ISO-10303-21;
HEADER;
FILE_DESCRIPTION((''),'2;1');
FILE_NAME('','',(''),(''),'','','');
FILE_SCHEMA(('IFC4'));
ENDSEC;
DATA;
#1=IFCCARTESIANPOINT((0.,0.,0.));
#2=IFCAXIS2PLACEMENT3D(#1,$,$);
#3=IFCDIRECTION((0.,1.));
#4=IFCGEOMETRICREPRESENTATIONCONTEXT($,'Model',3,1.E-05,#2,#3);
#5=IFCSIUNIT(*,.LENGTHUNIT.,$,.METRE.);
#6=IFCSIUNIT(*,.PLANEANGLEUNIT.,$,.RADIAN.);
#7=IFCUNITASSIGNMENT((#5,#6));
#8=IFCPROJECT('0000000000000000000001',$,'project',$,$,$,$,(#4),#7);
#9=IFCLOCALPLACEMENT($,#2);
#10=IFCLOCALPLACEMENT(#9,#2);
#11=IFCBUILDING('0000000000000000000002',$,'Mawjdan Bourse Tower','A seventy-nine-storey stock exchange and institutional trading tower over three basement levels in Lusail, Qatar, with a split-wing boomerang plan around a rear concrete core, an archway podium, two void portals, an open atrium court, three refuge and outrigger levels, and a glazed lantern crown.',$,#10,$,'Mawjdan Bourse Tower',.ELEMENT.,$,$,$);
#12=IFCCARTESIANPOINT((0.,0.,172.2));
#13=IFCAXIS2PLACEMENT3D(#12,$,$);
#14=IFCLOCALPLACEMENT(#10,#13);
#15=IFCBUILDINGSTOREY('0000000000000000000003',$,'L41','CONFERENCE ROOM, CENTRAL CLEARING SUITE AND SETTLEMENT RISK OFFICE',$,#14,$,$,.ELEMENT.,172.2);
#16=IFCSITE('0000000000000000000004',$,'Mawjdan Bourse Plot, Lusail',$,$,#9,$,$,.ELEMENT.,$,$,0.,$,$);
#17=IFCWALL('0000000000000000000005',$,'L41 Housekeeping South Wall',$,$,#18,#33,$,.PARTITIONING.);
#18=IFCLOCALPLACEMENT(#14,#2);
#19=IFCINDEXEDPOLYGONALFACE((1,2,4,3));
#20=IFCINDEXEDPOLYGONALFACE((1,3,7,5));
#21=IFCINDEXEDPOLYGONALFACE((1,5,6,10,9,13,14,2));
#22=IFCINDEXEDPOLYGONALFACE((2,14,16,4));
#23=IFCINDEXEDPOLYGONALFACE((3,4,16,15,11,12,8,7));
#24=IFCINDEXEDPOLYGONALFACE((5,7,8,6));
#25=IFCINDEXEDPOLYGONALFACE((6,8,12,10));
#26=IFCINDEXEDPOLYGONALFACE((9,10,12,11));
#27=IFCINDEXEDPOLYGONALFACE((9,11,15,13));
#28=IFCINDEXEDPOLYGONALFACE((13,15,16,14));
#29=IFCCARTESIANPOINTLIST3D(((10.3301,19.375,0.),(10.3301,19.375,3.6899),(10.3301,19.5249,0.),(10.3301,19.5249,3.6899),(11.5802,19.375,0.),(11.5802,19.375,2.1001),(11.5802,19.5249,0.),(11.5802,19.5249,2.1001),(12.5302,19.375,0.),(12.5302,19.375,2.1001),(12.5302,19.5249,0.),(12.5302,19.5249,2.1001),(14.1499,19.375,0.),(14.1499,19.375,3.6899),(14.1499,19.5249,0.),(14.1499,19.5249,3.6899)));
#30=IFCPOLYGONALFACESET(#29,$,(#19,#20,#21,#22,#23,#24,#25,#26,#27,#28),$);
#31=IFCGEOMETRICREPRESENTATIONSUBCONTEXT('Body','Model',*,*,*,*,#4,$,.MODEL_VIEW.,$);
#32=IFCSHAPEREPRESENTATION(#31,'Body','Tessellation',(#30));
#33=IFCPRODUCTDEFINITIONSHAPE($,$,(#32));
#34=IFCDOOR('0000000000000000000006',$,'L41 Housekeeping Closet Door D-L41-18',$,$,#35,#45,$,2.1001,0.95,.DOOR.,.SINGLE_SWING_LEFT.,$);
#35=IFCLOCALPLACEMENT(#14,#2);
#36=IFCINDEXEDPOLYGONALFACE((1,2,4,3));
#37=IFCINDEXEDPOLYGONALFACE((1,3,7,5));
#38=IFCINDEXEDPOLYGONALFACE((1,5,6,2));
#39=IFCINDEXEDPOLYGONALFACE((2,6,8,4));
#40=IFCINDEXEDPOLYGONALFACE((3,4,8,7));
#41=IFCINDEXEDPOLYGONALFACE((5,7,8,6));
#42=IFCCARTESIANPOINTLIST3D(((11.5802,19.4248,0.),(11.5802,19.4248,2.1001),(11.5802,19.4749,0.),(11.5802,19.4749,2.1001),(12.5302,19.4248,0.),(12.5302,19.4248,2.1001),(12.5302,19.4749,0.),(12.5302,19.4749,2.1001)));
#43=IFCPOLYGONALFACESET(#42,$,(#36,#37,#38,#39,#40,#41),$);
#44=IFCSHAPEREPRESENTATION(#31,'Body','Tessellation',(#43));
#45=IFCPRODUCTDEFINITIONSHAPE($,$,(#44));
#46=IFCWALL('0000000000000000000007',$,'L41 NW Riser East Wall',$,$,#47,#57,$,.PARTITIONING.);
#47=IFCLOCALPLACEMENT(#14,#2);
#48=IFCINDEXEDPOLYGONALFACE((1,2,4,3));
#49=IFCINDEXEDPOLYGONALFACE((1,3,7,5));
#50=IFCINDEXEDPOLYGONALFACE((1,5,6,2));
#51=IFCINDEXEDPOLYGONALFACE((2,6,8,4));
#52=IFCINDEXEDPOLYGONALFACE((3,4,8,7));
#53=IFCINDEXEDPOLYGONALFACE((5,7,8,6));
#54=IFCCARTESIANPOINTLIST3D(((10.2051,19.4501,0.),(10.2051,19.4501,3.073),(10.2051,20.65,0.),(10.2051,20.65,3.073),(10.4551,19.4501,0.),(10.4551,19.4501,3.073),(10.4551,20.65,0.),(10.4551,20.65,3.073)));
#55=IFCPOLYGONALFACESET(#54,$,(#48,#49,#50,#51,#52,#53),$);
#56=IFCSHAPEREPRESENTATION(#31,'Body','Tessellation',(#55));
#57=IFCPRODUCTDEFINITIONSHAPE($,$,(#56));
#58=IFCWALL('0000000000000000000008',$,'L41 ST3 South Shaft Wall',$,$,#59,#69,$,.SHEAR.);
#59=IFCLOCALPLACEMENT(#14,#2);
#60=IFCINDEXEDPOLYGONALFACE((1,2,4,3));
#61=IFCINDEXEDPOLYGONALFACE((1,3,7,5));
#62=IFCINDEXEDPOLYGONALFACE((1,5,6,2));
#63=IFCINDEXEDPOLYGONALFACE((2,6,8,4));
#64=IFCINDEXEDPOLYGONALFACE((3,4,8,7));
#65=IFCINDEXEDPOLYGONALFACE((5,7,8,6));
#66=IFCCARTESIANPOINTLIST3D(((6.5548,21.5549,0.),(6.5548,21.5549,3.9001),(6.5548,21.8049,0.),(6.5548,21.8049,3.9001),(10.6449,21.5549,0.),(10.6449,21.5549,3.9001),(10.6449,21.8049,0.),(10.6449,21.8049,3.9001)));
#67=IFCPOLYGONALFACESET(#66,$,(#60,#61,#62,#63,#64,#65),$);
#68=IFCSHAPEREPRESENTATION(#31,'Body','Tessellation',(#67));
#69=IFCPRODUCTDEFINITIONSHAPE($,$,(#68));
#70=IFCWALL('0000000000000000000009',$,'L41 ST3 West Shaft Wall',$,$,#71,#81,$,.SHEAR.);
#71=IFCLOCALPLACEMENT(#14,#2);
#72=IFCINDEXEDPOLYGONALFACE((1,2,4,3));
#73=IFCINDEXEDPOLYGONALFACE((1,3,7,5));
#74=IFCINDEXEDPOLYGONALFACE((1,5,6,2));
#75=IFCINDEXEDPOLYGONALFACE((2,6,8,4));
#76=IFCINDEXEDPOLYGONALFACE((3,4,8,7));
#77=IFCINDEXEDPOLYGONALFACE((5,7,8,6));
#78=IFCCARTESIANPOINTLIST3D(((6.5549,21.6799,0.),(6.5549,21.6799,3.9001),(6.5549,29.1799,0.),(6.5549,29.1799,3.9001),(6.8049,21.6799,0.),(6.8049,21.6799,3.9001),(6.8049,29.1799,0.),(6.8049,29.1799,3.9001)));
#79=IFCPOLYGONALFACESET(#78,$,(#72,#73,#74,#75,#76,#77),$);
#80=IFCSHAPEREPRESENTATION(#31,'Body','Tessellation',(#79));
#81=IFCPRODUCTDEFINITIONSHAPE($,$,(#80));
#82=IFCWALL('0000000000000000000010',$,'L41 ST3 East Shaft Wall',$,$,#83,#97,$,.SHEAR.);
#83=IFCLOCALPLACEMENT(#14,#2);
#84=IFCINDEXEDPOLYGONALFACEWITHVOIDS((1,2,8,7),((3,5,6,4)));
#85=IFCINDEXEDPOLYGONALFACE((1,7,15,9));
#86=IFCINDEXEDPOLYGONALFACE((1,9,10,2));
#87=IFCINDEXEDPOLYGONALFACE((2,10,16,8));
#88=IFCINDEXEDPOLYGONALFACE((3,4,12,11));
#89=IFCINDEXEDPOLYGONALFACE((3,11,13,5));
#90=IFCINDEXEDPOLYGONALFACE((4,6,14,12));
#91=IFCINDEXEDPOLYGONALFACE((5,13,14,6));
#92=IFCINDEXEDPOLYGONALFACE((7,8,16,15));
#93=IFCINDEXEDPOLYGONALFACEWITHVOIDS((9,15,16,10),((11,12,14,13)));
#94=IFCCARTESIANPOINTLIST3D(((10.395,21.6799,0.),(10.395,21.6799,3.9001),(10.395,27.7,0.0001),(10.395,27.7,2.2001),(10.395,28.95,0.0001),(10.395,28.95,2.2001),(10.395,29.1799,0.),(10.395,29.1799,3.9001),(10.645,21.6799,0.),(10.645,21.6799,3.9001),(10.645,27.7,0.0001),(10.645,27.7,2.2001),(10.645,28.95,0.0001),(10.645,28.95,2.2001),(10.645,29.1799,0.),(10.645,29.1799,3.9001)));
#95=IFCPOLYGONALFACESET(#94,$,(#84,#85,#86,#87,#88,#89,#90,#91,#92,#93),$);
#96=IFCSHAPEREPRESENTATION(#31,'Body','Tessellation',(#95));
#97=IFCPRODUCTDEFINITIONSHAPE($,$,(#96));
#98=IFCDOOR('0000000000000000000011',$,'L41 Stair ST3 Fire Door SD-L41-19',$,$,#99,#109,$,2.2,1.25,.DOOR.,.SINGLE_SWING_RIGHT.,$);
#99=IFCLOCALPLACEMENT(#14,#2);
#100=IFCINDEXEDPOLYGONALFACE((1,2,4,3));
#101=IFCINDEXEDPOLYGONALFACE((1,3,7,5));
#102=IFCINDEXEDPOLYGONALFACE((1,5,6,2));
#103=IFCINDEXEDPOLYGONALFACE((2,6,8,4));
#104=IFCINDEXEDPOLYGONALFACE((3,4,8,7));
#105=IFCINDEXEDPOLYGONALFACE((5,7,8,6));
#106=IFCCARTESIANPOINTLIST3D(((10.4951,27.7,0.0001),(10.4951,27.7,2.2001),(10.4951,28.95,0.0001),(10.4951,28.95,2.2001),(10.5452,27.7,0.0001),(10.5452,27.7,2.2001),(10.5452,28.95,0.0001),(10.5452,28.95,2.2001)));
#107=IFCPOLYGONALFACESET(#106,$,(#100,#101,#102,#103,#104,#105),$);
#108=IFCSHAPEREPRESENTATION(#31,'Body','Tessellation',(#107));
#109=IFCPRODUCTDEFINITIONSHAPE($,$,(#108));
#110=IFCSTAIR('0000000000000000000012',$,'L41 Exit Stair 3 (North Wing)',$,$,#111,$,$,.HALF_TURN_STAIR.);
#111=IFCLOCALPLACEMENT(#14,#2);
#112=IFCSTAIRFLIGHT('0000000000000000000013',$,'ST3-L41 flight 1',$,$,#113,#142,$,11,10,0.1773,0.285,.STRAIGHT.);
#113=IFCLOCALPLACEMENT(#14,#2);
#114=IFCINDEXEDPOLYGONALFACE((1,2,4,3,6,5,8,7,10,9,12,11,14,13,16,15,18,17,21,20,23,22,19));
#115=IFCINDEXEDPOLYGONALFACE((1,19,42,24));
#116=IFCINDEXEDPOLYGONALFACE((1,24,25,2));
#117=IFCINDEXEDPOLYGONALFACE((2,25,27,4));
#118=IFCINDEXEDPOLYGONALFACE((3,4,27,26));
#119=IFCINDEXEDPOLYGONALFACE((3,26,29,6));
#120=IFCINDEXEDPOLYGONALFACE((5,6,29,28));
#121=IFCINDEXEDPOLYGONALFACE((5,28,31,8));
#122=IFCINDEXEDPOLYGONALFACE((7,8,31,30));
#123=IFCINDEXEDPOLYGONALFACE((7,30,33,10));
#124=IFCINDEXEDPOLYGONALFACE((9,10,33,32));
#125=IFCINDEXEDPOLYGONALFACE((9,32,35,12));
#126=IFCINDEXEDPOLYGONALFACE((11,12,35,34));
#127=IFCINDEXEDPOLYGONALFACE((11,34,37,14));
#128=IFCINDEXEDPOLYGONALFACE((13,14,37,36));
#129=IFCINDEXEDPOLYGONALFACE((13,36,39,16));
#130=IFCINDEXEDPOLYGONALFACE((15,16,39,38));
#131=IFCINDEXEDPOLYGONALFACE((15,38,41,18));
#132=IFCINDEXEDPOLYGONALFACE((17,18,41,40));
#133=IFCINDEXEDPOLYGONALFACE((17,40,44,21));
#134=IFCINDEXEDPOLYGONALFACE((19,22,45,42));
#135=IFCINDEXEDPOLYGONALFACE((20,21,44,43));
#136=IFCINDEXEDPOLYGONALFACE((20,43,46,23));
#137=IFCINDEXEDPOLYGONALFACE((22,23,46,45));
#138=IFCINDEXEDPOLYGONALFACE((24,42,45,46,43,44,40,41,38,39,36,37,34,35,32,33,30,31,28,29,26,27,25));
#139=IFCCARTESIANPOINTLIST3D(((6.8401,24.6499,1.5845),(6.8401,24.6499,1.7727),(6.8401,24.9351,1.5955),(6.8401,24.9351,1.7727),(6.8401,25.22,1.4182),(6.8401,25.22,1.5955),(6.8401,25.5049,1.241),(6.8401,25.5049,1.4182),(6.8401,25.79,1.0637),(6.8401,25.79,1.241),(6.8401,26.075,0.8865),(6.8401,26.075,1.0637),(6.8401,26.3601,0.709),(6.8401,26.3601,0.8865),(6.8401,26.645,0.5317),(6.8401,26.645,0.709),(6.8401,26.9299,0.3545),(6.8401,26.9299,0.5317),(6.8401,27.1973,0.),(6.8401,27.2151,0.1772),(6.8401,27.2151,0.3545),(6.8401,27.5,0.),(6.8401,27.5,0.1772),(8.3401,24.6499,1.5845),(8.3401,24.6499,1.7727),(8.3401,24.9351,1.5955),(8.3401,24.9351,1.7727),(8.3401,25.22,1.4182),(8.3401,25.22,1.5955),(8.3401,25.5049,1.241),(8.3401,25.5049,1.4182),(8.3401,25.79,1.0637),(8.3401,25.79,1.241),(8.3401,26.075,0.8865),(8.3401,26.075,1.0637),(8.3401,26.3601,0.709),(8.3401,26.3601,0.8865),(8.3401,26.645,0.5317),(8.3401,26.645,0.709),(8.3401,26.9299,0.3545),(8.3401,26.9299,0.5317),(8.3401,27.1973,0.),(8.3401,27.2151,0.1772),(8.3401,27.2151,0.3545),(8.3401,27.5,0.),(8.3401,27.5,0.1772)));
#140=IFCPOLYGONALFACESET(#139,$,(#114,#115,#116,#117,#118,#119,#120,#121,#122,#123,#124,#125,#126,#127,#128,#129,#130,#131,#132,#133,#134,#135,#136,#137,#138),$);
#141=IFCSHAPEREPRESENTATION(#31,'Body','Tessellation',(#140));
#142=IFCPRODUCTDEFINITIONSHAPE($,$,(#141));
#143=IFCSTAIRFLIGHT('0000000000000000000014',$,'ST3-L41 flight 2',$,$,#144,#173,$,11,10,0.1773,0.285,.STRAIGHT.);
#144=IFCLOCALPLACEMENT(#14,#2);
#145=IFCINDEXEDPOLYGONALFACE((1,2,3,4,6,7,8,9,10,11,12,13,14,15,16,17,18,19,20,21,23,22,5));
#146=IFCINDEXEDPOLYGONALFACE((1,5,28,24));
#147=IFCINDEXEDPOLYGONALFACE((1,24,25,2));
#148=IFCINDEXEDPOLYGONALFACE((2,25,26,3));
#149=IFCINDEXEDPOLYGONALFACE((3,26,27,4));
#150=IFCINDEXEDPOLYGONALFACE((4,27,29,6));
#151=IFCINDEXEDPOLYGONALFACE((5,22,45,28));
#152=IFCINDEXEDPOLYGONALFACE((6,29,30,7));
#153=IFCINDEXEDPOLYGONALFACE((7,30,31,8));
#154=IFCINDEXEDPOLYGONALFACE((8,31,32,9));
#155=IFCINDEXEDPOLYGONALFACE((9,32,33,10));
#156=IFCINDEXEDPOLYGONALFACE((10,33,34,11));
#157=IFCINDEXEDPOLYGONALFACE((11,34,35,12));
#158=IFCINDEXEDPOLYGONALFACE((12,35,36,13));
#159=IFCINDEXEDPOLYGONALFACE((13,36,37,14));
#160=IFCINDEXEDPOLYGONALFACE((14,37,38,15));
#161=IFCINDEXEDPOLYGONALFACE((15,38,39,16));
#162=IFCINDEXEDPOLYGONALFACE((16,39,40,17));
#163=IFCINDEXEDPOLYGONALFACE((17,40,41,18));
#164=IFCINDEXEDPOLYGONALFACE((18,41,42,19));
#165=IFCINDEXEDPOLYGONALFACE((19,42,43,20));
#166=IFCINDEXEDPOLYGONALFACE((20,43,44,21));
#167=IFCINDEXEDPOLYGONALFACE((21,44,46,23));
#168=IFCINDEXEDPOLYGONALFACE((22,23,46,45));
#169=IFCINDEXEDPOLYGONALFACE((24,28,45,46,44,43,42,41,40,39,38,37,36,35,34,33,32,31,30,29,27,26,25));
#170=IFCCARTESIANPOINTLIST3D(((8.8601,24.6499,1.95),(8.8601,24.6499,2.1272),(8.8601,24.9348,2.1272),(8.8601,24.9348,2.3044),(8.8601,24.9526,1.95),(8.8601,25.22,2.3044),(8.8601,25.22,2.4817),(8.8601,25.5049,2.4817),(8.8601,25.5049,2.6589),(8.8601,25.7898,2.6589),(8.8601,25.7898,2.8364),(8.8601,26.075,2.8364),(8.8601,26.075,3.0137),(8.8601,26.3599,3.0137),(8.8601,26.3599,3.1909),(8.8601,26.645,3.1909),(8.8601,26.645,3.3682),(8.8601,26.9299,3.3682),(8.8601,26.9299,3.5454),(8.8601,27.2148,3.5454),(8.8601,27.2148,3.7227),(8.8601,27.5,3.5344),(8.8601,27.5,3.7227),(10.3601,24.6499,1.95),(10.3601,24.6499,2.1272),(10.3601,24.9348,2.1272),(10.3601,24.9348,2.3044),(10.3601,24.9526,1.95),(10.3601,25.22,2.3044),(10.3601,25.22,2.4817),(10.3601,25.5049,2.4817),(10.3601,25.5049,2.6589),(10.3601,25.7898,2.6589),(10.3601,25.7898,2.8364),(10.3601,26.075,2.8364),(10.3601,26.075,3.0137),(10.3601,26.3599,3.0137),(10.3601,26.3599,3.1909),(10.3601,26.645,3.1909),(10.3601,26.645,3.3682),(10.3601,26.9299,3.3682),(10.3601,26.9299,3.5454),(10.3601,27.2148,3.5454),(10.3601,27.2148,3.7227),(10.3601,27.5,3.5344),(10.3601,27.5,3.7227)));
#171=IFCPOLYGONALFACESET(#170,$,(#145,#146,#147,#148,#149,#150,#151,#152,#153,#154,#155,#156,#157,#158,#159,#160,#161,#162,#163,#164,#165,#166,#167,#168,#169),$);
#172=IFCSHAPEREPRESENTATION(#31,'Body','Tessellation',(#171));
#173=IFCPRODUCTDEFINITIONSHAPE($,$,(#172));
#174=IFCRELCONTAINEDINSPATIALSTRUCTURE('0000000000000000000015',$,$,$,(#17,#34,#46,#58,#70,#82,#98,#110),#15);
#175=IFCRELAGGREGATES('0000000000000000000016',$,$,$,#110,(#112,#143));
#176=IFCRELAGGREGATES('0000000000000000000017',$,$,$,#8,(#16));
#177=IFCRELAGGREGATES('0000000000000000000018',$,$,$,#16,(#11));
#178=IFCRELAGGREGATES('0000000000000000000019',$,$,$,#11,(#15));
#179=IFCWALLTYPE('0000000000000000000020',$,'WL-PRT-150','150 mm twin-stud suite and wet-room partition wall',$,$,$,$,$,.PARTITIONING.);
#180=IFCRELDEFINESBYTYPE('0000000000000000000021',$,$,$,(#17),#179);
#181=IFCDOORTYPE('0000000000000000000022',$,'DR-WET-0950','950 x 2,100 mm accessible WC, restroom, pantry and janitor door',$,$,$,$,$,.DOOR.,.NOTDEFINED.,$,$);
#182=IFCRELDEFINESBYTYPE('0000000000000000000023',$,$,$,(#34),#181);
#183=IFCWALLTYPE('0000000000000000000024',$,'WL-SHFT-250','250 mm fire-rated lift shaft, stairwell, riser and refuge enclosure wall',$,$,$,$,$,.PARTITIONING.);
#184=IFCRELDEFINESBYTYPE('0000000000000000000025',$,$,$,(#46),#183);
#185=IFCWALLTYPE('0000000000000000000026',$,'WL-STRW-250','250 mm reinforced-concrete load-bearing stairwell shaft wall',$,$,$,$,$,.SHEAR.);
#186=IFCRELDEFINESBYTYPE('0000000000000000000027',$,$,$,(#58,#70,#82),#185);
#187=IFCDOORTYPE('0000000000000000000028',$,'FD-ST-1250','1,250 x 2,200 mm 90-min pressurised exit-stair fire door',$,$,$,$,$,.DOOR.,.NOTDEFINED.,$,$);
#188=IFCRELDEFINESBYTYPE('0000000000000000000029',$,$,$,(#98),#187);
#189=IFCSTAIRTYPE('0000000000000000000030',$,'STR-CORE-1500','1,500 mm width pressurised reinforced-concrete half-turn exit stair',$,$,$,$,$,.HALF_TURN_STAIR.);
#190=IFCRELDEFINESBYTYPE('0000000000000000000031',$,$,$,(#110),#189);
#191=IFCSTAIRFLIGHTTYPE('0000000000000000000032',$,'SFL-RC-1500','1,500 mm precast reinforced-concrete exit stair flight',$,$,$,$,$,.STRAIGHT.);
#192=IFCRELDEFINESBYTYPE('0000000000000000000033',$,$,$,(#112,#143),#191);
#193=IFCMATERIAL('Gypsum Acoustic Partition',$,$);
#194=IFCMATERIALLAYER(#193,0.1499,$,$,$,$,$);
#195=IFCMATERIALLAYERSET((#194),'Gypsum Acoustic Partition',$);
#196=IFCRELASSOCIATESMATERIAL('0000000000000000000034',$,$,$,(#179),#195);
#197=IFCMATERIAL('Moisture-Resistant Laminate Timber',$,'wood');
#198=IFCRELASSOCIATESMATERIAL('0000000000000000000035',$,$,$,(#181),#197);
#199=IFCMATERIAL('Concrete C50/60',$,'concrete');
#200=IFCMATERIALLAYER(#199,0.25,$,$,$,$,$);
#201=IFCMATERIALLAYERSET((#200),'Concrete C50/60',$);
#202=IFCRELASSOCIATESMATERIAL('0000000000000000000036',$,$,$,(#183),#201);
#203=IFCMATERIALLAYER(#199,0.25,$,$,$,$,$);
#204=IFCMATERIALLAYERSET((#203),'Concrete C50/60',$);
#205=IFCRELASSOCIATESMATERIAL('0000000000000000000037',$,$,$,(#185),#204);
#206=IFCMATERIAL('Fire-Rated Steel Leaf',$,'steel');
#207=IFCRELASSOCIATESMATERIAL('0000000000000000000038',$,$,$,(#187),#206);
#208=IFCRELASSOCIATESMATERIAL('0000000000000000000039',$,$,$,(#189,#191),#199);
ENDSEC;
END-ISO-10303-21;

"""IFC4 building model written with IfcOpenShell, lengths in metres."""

from ifc_helpers import new_model, si_unit, direction, frame, frame_2d, origin, place, context, subcontext, project, spatial, polyline, rectangle, outline, extrude, material, layer, layer_set, type_object, element, fill, aggregate, save


model = new_model("IFC4")

# Units and contexts
model_context = context("Model", 3, precision=1e-05, world=origin(), true_north=direction((0.0, 1.0)))
body_context = subcontext(model_context, "Body", "Model", "MODEL_VIEW")
ifc_project = project(units=[si_unit("LENGTHUNIT", "METRE"), si_unit("PLANEANGLEUNIT", "RADIAN")], contexts=[model_context])

# Site, building, storey
site_placement = place(None, origin())
site = spatial("IfcSite", under=ifc_project, at=site_placement, Name="Mawjdan Bourse Plot, Lusail", CompositionType="ELEMENT", RefElevation=0.0)
building_placement = place(site_placement, origin())
building = spatial("IfcBuilding", under=site, at=building_placement, Name="Mawjdan Bourse Tower", Description="A seventy-nine-storey stock exchange and institutional trading tower over three basement levels in Lusail, Qatar, with a split-wing boomerang plan around a rear concrete core, an archway podium, two void portals, an open atrium court, three refuge and outrigger levels, and a glazed lantern crown.", LongName="Mawjdan Bourse Tower", CompositionType="ELEMENT")
storey_placement = place(building_placement, frame((0.0, 0.0, 172.2)))
storey = spatial("IfcBuildingStorey", under=building, at=storey_placement, Name="L41", Description="CONFERENCE ROOM, CENTRAL CLEARING SUITE AND SETTLEMENT RISK OFFICE", CompositionType="ELEMENT", Elevation=172.2)

# Wall, opening, door
ifc_material_1 = material(Name="Gypsum Acoustic Partition")
ifc_layer_1 = layer(ifc_material_1, 0.1499)
ifc_layer_set_1 = layer_set([ifc_layer_1], Name="Gypsum Acoustic Partition")
wall_type_1 = type_object("IfcWallType", Name="WL-PRT-150", Description="150 mm twin-stud suite and wet-room partition wall", PredefinedType="PARTITIONING", material=ifc_layer_set_1)
wall_1_placement = place(storey_placement, frame((10.3301, 19.45, 0.0), z_axis=(0.0, 0.0, 1.0), x_axis=(1.0, 0.0, 0.0)))
wall_1 = element("IfcWall", 1, at=wall_1_placement, inside=storey, type_object=wall_type_1, Name="L41 Housekeeping South Wall", PredefinedType="PARTITIONING", context=body_context, shape_type="SweptSolid", body=[
    extrude(rectangle(XDim=3.8198, YDim=0.1499, at=frame_2d((1.9099, 0.0))), origin(), (0.0, 0.0, 1.0), 3.6899),
])
opening_1_placement = place(wall_1_placement, frame((1.25, 0.0, 0.0)))
opening_1 = element("IfcOpeningElement", 2, at=opening_1_placement, cuts=wall_1, PredefinedType="OPENING", context=body_context, shape_type="SweptSolid", body=[
    extrude(rectangle(XDim=0.95, YDim=2.1001, at=frame_2d((0.4751, 1.05))), frame((0.0, 0.085, 0.0), z_axis=(0.0, -1.0, 0.0), x_axis=(1.0, 0.0, 0.0)), (0.0, 0.0, 1.0), 0.1699),
])
ifc_material_2 = material(Name="Moisture-Resistant Laminate Timber", Category="wood")
door_type_1 = type_object("IfcDoorType", Name="DR-WET-0950", Description="950 x 2,100 mm accessible WC, restroom, pantry and janitor door", OperationType="NOTDEFINED", PredefinedType="DOOR", material=ifc_material_2)
door_1_placement = place(opening_1_placement, origin())
door_1 = element("IfcDoor", 3, at=door_1_placement, inside=storey, type_object=door_type_1, Name="L41 Housekeeping Closet Door D-L41-18", OperationType="SINGLE_SWING_LEFT", OverallHeight=2.1001, OverallWidth=0.95, PredefinedType="DOOR", context=body_context, shape_type="SweptSolid", body=[
    extrude(rectangle(XDim=0.95, YDim=2.1001, at=frame_2d((0.4751, 1.05))), frame((0.0, 0.0249, 0.0), z_axis=(0.0, -1.0, 0.0), x_axis=(1.0, 0.0, 0.0)), (0.0, 0.0, 1.0), 0.05),
])
fill(opening_1, door_1)

# Walls
ifc_material_3 = material(Name="Concrete C50/60", Category="concrete")
ifc_layer_2 = layer(ifc_material_3, 0.25)
ifc_layer_set_2 = layer_set([ifc_layer_2], Name="Concrete C50/60")
wall_type_2 = type_object("IfcWallType", Name="WL-SHFT-250", Description="250 mm fire-rated lift shaft, stairwell, riser and refuge enclosure wall", PredefinedType="PARTITIONING", material=ifc_layer_set_2)
wall_2_placement = place(storey_placement, frame((10.3301, 19.45, 0.0), z_axis=(0.0, 0.0, 1.0), x_axis=(0.0, 1.0, 0.0)))
element("IfcWall", 4, at=wall_2_placement, inside=storey, type_object=wall_type_2, Name="L41 NW Riser East Wall", PredefinedType="PARTITIONING", context=body_context, shape_type="SweptSolid", body=[
    extrude(rectangle(XDim=1.2, YDim=0.25, at=frame_2d((0.6001, 0.0))), origin(), (0.0, 0.0, 1.0), 3.073),
])
ifc_layer_3 = layer(ifc_material_3, 0.25)
ifc_layer_set_3 = layer_set([ifc_layer_3], Name="Concrete C50/60")
wall_type_3 = type_object("IfcWallType", Name="WL-STRW-250", Description="250 mm reinforced-concrete load-bearing stairwell shaft wall", PredefinedType="SHEAR", material=ifc_layer_set_3)
wall_3_placement = place(storey_placement, frame((6.5549, 21.6799, 0.0), z_axis=(0.0, 0.0, 1.0), x_axis=(1.0, 0.0, 0.0)))
element("IfcWall", 5, at=wall_3_placement, inside=storey, type_object=wall_type_3, Name="L41 ST3 South Shaft Wall", PredefinedType="SHEAR", context=body_context, shape_type="SweptSolid", body=[
    extrude(rectangle(XDim=4.0901, YDim=0.25, at=frame_2d((2.0449, 0.0))), origin(), (0.0, 0.0, 1.0), 3.9001),
])
wall_4_placement = place(storey_placement, frame((6.6799, 21.6799, 0.0), z_axis=(0.0, 0.0, 1.0), x_axis=(0.0, 1.0, 0.0)))
element("IfcWall", 6, at=wall_4_placement, inside=storey, type_object=wall_type_3, Name="L41 ST3 West Shaft Wall", PredefinedType="SHEAR", context=body_context, shape_type="SweptSolid", body=[
    extrude(rectangle(XDim=7.5, YDim=0.25, at=frame_2d((3.75, 0.0))), origin(), (0.0, 0.0, 1.0), 3.9001),
])

# Wall, opening, door
wall_5_placement = place(storey_placement, frame((10.52, 21.6799, 0.0), z_axis=(0.0, 0.0, 1.0), x_axis=(0.0, 1.0, 0.0)))
wall_5 = element("IfcWall", 7, at=wall_5_placement, inside=storey, type_object=wall_type_3, Name="L41 ST3 East Shaft Wall", PredefinedType="SHEAR", context=body_context, shape_type="SweptSolid", body=[
    extrude(rectangle(XDim=7.5, YDim=0.25, at=frame_2d((3.75, 0.0))), origin(), (0.0, 0.0, 1.0), 3.9001),
])
opening_2_placement = place(wall_5_placement, frame((6.02, 0.0, 0.0)))
opening_2 = element("IfcOpeningElement", 8, at=opening_2_placement, cuts=wall_5, PredefinedType="OPENING", context=body_context, shape_type="SweptSolid", body=[
    extrude(rectangle(XDim=1.25, YDim=2.2, at=frame_2d((0.625, 1.1001))), frame((0.0, 0.135, 0.0), z_axis=(0.0, -1.0, 0.0), x_axis=(1.0, 0.0, 0.0)), (0.0, 0.0, 1.0), 0.27),
])
ifc_material_4 = material(Name="Fire-Rated Steel Leaf", Category="steel")
door_type_2 = type_object("IfcDoorType", Name="FD-ST-1250", Description="1,250 x 2,200 mm 90-min pressurised exit-stair fire door", OperationType="NOTDEFINED", PredefinedType="DOOR", material=ifc_material_4)
door_2_placement = place(opening_2_placement, origin())
door_2 = element("IfcDoor", 9, at=door_2_placement, inside=storey, type_object=door_type_2, Name="L41 Stair ST3 Fire Door SD-L41-19", OperationType="SINGLE_SWING_RIGHT", OverallHeight=2.2, OverallWidth=1.25, PredefinedType="DOOR", context=body_context, shape_type="SweptSolid", body=[
    extrude(rectangle(XDim=1.25, YDim=2.2, at=frame_2d((0.625, 1.1001))), frame((0.0, 0.0249, 0.0), z_axis=(0.0, -1.0, 0.0), x_axis=(1.0, 0.0, 0.0)), (0.0, 0.0, 1.0), 0.05),
])
fill(opening_2, door_2)

# Stair, stair flights
stair_type = type_object("IfcStairType", Name="STR-CORE-1500", Description="1,500 mm width pressurised reinforced-concrete half-turn exit stair", PredefinedType="HALF_TURN_STAIR", material=ifc_material_3)
stair_placement = place(storey_placement, origin())
stair = element("IfcStair", 10, at=stair_placement, inside=storey, type_object=stair_type, Name="L41 Exit Stair 3 (North Wing)", PredefinedType="HALF_TURN_STAIR")
stair_flight_type = type_object("IfcStairFlightType", Name="SFL-RC-1500", Description="1,500 mm precast reinforced-concrete exit stair flight", PredefinedType="STRAIGHT", material=ifc_material_3)
stair_flight_1_placement = place(storey_placement, frame((7.5901, 27.5, 0.0), z_axis=(0.0, 0.0, 1.0), x_axis=(0.0, -1.0, 0.0)))
stair_flight_1 = element("IfcStairFlight", 11, at=stair_flight_1_placement, type_object=stair_flight_type, Name="ST3-L41 flight 1", NumberOfRisers=11, NumberOfTreads=10, PredefinedType="STRAIGHT", RiserHeight=0.1773, TreadLength=0.285, context=body_context, shape_type="SweptSolid", body=[
    extrude(outline(polyline([(0.0, 0.0), (0.0, 0.1772), (0.2849, 0.1772), (0.2849, 0.3545), (0.5701, 0.3545), (0.5701, 0.5317), (0.855, 0.5317), (0.855, 0.709), (1.1399, 0.709), (1.1399, 0.8865), (1.425, 0.8865), (1.425, 1.0637), (1.71, 1.0637), (1.71, 1.241), (1.9951, 1.241), (1.9951, 1.4182), (2.28, 1.4182), (2.28, 1.5955), (2.5649, 1.5955), (2.5649, 1.7727), (2.8501, 1.7727), (2.8501, 1.95), (2.8501, 1.5845), (0.3027, 0.0), (0.0, 0.0)])), frame((0.0, 0.75, 0.0), z_axis=(0.0, -1.0, 0.0), x_axis=(1.0, 0.0, 0.0)), (0.0, 0.0, 1.0), 1.5),
])
stair_flight_2_placement = place(storey_placement, frame((9.6101, 24.6499, 1.95), z_axis=(0.0, 0.0, 1.0), x_axis=(0.0, 1.0, 0.0)))
stair_flight_2 = element("IfcStairFlight", 12, at=stair_flight_2_placement, type_object=stair_flight_type, Name="ST3-L41 flight 2", NumberOfRisers=11, NumberOfTreads=10, PredefinedType="STRAIGHT", RiserHeight=0.1773, TreadLength=0.285, context=body_context, shape_type="SweptSolid", body=[
    extrude(outline(polyline([(0.0, 0.0), (0.0, 0.1772), (0.2849, 0.1772), (0.2849, 0.3545), (0.5701, 0.3545), (0.5701, 0.5317), (0.855, 0.5317), (0.855, 0.709), (1.1399, 0.709), (1.1399, 0.8865), (1.425, 0.8865), (1.425, 1.0637), (1.71, 1.0637), (1.71, 1.241), (1.9951, 1.241), (1.9951, 1.4182), (2.28, 1.4182), (2.28, 1.5955), (2.5649, 1.5955), (2.5649, 1.7727), (2.8501, 1.7727), (2.8501, 1.95), (2.8501, 1.5845), (0.3027, 0.0), (0.0, 0.0)])), frame((0.0, 0.75, 0.0), z_axis=(0.0, -1.0, 0.0), x_axis=(1.0, 0.0, 0.0)), (0.0, 0.0, 1.0), 1.5),
])
aggregate(stair, [stair_flight_1, stair_flight_2])

save(model, "model.ifc")
